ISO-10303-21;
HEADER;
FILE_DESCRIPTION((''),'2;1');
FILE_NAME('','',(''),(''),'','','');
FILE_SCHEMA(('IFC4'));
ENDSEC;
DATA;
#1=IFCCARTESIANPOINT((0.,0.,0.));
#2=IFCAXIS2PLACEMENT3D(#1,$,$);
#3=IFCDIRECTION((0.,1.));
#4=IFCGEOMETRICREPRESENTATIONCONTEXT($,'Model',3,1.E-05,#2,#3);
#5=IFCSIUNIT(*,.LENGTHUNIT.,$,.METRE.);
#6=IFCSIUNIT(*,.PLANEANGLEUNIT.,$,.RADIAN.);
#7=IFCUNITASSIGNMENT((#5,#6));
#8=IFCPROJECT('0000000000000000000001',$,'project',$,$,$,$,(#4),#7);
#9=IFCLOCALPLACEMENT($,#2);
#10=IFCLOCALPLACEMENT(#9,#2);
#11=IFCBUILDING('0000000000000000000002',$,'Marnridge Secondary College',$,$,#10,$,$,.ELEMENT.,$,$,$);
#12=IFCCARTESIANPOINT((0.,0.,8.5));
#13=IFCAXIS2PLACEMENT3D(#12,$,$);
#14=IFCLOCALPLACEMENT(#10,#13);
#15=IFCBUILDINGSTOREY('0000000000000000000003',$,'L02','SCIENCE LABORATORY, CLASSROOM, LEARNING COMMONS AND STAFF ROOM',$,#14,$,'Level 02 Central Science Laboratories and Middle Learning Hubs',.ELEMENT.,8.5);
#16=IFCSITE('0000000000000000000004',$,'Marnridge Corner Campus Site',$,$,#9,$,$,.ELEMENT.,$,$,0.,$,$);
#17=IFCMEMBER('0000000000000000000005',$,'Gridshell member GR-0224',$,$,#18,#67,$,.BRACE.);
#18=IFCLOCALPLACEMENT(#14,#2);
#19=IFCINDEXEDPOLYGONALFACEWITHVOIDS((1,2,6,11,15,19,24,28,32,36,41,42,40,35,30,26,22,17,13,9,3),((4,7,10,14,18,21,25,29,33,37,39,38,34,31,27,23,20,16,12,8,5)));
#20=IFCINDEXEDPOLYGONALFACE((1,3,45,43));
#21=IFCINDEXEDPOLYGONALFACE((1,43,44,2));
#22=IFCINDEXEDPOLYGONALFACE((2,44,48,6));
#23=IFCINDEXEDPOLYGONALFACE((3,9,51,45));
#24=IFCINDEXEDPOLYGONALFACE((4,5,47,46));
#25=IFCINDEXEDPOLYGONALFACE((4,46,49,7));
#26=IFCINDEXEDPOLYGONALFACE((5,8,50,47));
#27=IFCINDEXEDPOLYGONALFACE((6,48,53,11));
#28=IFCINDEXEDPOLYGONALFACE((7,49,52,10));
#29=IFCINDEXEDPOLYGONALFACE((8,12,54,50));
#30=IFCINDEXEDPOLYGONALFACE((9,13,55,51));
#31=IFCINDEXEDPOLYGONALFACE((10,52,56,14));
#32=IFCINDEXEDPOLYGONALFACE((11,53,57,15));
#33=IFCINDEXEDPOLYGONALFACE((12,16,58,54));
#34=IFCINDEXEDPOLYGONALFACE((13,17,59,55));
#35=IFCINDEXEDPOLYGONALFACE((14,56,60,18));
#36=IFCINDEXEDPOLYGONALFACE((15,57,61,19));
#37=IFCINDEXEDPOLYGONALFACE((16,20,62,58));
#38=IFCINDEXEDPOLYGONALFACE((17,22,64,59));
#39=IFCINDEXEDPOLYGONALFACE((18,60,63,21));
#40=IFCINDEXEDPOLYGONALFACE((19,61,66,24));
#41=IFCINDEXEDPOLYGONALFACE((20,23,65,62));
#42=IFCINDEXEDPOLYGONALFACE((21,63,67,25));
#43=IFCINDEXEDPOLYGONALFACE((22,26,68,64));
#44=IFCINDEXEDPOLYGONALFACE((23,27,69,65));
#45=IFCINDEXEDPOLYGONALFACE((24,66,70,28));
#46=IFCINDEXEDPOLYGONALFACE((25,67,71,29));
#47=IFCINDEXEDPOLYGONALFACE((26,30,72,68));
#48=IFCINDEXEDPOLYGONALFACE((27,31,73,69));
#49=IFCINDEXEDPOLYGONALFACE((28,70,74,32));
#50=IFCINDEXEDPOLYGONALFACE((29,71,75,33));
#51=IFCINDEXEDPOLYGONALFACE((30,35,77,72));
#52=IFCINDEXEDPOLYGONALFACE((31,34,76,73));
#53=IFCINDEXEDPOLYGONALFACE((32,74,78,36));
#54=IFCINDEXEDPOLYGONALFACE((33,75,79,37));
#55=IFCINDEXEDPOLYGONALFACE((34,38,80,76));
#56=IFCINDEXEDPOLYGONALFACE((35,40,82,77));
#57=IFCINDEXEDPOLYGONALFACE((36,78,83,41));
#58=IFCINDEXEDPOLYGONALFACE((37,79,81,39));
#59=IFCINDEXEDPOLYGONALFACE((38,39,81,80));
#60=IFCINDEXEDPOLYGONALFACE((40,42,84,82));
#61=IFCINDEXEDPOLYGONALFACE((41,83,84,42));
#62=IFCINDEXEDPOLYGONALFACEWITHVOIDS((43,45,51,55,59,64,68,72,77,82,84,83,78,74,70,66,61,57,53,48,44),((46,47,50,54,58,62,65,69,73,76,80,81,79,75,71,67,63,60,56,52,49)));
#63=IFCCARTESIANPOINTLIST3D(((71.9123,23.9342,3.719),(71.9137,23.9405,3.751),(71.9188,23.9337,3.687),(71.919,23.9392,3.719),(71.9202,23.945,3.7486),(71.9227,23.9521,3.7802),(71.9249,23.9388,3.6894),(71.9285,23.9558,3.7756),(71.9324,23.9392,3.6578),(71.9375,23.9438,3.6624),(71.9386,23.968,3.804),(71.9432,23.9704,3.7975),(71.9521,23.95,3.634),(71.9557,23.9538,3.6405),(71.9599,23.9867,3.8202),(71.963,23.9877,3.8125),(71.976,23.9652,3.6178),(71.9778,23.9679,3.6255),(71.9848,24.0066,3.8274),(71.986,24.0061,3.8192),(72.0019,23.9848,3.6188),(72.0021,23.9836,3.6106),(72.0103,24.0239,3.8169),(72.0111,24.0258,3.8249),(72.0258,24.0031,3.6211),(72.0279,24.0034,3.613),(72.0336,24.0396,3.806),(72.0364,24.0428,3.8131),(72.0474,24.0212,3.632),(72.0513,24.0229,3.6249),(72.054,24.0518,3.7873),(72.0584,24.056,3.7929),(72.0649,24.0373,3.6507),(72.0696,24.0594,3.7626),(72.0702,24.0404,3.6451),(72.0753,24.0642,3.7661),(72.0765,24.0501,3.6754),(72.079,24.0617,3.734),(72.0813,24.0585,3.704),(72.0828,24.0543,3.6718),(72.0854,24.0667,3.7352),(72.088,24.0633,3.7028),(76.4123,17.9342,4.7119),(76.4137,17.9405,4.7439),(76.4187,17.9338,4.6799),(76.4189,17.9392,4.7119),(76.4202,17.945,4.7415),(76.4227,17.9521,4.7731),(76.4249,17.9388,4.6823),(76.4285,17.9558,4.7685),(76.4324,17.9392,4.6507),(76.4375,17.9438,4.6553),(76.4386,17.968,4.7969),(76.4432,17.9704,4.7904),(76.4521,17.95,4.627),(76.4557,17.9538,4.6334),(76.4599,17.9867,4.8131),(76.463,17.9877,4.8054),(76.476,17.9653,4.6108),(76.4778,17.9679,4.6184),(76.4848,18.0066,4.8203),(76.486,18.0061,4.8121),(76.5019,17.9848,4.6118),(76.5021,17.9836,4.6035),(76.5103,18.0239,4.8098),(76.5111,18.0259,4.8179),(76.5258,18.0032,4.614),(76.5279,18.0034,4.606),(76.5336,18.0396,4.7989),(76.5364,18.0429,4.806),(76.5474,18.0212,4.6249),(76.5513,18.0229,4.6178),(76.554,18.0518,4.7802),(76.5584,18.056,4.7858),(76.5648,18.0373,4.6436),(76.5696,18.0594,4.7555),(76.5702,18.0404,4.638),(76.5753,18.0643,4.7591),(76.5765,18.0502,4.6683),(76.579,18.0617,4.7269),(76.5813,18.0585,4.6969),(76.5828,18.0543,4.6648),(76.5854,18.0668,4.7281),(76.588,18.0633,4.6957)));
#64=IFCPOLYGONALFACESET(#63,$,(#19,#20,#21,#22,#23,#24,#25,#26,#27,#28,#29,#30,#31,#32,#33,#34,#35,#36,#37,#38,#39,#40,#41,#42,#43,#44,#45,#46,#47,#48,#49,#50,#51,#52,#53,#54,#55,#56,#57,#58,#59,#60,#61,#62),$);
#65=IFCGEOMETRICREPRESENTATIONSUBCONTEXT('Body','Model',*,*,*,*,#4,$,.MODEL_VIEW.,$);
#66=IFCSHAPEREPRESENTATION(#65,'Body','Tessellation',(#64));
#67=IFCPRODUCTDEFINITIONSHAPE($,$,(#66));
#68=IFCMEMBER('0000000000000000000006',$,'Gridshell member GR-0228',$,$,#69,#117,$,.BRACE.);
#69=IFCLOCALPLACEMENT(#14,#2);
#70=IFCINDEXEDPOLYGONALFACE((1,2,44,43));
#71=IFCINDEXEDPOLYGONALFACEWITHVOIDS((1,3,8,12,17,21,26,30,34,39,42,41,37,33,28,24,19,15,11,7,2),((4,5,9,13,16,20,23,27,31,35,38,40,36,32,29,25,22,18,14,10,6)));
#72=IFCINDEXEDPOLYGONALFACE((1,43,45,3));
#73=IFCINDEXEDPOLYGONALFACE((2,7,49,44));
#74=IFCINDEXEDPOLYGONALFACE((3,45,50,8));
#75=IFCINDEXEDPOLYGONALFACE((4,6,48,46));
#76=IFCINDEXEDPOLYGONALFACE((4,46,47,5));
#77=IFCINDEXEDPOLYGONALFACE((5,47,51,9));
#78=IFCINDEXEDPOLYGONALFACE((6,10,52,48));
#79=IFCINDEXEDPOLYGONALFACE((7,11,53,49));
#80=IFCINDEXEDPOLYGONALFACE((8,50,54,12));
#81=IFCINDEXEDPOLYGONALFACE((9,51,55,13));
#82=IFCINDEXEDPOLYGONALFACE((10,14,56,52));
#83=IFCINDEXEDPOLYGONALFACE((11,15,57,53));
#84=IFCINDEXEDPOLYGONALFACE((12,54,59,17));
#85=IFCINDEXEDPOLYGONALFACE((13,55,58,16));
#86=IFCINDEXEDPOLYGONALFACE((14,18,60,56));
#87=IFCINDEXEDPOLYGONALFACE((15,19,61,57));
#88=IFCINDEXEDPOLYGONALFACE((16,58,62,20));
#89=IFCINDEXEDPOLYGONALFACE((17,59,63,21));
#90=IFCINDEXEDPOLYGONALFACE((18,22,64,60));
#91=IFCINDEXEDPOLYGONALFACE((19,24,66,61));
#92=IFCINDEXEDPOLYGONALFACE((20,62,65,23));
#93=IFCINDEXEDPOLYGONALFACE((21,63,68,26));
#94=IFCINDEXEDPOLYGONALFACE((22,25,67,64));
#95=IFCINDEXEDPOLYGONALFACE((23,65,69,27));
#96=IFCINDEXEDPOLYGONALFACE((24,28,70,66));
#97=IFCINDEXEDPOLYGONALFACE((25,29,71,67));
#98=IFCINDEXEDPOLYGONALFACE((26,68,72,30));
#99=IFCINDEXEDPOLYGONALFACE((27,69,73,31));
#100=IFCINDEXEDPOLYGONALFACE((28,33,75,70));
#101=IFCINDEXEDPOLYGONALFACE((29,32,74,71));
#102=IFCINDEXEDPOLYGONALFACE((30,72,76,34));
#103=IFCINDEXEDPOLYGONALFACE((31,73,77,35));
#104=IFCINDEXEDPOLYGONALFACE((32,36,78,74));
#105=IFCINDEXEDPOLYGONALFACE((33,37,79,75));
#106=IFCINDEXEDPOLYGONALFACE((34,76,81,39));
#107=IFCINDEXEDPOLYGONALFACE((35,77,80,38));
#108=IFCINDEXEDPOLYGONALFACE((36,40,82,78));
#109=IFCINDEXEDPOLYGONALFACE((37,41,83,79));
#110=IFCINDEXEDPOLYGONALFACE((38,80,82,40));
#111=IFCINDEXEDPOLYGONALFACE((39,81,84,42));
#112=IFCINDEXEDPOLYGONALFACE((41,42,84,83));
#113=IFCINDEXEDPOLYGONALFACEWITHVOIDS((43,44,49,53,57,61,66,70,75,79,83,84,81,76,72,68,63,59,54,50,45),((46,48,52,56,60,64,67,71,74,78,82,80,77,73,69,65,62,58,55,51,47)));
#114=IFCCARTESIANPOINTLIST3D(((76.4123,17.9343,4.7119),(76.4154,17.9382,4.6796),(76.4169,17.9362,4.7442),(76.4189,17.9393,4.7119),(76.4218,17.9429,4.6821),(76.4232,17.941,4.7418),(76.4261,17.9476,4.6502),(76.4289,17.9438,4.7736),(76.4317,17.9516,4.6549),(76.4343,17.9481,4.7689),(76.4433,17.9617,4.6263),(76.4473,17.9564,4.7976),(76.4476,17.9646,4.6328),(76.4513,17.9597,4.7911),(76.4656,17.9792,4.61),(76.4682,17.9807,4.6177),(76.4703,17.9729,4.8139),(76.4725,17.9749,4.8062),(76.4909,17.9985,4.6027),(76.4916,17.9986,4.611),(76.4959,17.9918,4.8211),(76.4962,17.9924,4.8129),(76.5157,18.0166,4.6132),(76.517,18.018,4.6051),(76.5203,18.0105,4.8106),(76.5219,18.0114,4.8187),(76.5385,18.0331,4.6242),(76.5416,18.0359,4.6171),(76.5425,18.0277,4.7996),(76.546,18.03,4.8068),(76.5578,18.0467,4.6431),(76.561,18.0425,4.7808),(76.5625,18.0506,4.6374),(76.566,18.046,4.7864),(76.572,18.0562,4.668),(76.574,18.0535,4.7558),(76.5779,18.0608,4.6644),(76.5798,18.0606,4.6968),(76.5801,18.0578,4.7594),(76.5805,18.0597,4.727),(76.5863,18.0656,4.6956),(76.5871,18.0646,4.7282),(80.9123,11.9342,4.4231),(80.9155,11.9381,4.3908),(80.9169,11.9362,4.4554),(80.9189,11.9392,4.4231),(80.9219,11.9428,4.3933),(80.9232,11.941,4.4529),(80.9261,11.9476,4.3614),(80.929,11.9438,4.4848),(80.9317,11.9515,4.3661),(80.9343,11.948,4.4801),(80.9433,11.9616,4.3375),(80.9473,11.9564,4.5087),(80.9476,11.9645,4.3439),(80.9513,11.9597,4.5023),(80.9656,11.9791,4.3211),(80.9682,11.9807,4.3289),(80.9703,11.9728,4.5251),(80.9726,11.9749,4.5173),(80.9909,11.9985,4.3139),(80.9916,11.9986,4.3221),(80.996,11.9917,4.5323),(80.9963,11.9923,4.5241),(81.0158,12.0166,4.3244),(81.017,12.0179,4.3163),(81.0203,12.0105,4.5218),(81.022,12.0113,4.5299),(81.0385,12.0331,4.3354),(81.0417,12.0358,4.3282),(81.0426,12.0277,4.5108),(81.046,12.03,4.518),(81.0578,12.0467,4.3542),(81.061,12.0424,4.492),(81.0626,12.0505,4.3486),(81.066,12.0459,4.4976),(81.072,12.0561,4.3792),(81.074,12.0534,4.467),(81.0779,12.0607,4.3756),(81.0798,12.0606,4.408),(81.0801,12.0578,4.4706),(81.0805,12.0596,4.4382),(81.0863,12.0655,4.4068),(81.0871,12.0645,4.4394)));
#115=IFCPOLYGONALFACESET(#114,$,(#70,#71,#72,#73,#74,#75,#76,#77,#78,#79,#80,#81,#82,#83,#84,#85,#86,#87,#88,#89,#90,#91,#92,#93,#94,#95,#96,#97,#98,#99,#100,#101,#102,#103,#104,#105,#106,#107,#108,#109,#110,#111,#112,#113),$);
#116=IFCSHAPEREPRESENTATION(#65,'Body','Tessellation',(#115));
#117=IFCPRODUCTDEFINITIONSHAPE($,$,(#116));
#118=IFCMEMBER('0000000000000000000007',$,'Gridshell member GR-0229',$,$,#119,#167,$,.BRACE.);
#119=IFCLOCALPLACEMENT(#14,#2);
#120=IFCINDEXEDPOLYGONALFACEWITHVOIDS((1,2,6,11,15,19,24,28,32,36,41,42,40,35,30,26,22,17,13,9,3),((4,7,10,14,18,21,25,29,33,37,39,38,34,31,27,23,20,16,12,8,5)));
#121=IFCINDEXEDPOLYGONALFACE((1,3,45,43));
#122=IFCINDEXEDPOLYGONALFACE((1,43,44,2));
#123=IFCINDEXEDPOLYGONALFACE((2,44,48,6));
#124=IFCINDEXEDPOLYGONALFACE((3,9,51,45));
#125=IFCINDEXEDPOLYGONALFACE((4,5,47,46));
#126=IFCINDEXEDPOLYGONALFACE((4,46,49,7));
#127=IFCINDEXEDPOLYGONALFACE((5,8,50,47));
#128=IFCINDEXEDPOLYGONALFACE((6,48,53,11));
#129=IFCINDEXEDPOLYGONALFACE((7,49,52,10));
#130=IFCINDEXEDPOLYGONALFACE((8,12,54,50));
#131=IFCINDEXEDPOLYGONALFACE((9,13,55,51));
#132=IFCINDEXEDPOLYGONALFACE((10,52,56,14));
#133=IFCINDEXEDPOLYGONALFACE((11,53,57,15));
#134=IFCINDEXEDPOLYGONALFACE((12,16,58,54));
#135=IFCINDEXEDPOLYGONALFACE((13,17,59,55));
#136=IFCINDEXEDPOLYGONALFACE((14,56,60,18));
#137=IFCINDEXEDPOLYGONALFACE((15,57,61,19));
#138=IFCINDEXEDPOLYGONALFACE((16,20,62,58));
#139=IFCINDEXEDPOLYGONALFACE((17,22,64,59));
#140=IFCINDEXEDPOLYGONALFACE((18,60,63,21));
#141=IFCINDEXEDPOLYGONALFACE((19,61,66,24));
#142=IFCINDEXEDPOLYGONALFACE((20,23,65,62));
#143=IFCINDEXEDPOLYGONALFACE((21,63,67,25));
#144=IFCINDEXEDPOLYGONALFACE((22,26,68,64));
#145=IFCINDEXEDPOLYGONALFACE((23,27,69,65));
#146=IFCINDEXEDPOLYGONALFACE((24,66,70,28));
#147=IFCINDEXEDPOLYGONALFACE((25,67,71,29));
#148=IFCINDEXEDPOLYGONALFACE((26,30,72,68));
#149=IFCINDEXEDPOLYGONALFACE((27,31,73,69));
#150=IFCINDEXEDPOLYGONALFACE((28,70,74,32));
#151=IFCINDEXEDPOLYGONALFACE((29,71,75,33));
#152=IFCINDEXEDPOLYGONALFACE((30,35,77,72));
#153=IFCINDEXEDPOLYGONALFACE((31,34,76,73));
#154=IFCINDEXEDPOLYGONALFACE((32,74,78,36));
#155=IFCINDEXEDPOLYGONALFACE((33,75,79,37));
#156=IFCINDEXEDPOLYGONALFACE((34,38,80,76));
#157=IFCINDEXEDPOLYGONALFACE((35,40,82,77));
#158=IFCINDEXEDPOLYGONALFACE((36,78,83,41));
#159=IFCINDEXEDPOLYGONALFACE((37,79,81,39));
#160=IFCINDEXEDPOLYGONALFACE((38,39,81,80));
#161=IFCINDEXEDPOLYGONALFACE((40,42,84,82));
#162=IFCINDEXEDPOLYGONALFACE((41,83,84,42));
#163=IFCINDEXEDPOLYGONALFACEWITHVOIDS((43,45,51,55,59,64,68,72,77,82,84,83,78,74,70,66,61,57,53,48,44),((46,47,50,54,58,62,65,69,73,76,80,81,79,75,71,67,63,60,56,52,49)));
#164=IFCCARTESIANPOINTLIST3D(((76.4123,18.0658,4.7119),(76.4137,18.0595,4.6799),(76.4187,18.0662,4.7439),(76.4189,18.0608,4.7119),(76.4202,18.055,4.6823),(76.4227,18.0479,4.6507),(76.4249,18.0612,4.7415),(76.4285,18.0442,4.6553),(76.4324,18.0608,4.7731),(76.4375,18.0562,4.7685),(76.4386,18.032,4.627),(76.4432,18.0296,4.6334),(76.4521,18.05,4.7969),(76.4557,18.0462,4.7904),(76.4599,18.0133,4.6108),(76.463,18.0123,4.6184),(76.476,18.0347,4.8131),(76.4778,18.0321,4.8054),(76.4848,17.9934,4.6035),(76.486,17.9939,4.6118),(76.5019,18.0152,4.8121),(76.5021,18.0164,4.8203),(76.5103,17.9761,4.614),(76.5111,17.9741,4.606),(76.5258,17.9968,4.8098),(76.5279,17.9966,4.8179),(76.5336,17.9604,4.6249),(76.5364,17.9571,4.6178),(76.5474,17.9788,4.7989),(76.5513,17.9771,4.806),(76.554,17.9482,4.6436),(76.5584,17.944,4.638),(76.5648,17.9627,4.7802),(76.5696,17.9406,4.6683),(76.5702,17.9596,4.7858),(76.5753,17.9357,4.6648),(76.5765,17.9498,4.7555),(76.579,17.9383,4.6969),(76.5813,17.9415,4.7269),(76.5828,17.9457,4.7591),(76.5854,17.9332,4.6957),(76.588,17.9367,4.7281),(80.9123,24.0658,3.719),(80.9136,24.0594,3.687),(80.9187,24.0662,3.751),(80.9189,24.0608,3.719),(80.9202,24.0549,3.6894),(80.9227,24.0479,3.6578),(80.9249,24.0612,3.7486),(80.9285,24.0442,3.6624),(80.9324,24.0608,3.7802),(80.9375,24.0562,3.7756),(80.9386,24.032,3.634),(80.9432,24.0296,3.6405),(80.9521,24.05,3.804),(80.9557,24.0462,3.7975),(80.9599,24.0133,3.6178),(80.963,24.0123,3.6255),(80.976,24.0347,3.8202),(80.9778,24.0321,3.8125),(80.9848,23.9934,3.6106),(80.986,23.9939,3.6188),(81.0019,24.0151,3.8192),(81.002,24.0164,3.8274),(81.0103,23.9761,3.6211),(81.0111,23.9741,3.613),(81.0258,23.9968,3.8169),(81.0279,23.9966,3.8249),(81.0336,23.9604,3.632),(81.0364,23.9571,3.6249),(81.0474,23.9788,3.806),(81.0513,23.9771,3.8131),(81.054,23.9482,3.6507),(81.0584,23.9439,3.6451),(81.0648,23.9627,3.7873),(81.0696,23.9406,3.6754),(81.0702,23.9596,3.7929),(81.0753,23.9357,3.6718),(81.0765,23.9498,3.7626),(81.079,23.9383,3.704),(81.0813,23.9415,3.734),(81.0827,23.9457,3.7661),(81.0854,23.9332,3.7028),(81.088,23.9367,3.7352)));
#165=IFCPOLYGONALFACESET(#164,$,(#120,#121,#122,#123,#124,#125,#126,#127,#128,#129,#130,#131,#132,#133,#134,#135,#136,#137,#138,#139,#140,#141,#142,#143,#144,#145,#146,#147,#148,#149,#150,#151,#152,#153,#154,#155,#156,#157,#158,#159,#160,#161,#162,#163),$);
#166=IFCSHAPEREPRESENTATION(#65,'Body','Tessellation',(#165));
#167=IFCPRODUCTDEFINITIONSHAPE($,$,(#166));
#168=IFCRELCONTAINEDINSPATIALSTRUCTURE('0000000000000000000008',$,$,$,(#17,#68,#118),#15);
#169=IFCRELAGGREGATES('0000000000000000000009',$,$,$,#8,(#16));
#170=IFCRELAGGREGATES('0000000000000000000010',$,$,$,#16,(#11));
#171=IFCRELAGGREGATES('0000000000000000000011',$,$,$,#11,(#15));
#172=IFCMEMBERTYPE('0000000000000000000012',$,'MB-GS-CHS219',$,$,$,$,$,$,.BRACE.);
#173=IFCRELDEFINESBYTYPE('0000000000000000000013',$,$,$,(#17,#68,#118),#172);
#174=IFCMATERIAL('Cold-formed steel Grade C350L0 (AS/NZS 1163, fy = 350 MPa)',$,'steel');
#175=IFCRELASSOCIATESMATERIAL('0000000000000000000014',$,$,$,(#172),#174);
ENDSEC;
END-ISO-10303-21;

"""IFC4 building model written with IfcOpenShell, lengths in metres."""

from ifc_helpers import new_model, si_unit, direction, frame, origin, origin_2d, place, context, subcontext, project, spatial, hollow_circle, extrude, material, material_profile, profile_set, type_object, element, save


model = new_model("IFC4")

# Units and contexts
model_context = context("Model", 3, precision=1e-05, world=origin(), true_north=direction((0.0, 1.0)))
body_context = subcontext(model_context, "Body", "Model", "MODEL_VIEW")
ifc_project = project(units=[si_unit("LENGTHUNIT", "METRE"), si_unit("PLANEANGLEUNIT", "RADIAN")], contexts=[model_context])

# Site, building, storey
site_placement = place(None, origin())
site = spatial("IfcSite", under=ifc_project, at=site_placement, Name="Marnridge Corner Campus Site", CompositionType="ELEMENT", RefElevation=0.0)
building_placement = place(site_placement, origin())
building = spatial("IfcBuilding", under=site, at=building_placement, Name="Marnridge Secondary College", CompositionType="ELEMENT")
storey_placement = place(building_placement, frame((0.0, 0.0, 8.5)))
storey = spatial("IfcBuildingStorey", under=building, at=storey_placement, Name="L02", Description="SCIENCE LABORATORY, CLASSROOM, LEARNING COMMONS AND STAFF ROOM", LongName="Level 02 Central Science Laboratories and Middle Learning Hubs", CompositionType="ELEMENT", Elevation=8.5)

# Members
ifc_material_1 = material(Name="Cold-formed steel Grade C350L0 (AS/NZS 1163, fy = 350 MPa)", Category="steel")
ifc_material_profile_1 = material_profile(ifc_material_1, hollow_circle(Radius=0.1096, WallThickness=0.0083, at=origin_2d()), Name="219.1x8.2CHS")
ifc_profile_set_1 = profile_set([ifc_material_profile_1], Name="Cold-formed steel Grade C350L0 (AS/NZS 1163, fy = 350 MPa)")
member_type_1 = type_object("IfcMemberType", Name="MB-GS-CHS219", PredefinedType="BRACE", material=ifc_profile_set_1)
member_1_placement = place(storey_placement, frame((76.5, 18.0, 4.7119), z_axis=(-0.59481, 0.79308, -0.131244), x_axis=(-0.8, -0.6, 0.0)))
element("IfcMember", 1, at=member_1_placement, inside=storey, type_object=member_type_1, Name="Gridshell member GR-0224", PredefinedType="BRACE", context=body_context, shape_type="SweptSolid", body=[
    extrude(hollow_circle(Radius=0.1096, WallThickness=0.0083, at=origin_2d()), origin(), (0.0, 0.0, 1.0), 7.5654),
])
member_2_placement = place(storey_placement, frame((81.0, 12.0, 4.4231), z_axis=(-0.599556, 0.799407, 0.038481), x_axis=(-0.8, -0.6, 0.0)))
element("IfcMember", 2, at=member_2_placement, inside=storey, type_object=member_type_1, Name="Gridshell member GR-0228", PredefinedType="BRACE", context=body_context, shape_type="SweptSolid", body=[
    extrude(hollow_circle(Radius=0.1096, WallThickness=0.0083, at=origin_2d()), origin(), (0.0, 0.0, 1.0), 7.5056),
])
member_3_placement = place(storey_placement, frame((76.5, 18.0, 4.7119), z_axis=(0.59481, 0.79308, -0.131244), x_axis=(-0.8, 0.6, 0.0)))
element("IfcMember", 3, at=member_3_placement, inside=storey, type_object=member_type_1, Name="Gridshell member GR-0229", PredefinedType="BRACE", context=body_context, shape_type="SweptSolid", body=[
    extrude(hollow_circle(Radius=0.1096, WallThickness=0.0083, at=origin_2d()), origin(), (0.0, 0.0, 1.0), 7.5654),
])

save(model, "model.ifc")
